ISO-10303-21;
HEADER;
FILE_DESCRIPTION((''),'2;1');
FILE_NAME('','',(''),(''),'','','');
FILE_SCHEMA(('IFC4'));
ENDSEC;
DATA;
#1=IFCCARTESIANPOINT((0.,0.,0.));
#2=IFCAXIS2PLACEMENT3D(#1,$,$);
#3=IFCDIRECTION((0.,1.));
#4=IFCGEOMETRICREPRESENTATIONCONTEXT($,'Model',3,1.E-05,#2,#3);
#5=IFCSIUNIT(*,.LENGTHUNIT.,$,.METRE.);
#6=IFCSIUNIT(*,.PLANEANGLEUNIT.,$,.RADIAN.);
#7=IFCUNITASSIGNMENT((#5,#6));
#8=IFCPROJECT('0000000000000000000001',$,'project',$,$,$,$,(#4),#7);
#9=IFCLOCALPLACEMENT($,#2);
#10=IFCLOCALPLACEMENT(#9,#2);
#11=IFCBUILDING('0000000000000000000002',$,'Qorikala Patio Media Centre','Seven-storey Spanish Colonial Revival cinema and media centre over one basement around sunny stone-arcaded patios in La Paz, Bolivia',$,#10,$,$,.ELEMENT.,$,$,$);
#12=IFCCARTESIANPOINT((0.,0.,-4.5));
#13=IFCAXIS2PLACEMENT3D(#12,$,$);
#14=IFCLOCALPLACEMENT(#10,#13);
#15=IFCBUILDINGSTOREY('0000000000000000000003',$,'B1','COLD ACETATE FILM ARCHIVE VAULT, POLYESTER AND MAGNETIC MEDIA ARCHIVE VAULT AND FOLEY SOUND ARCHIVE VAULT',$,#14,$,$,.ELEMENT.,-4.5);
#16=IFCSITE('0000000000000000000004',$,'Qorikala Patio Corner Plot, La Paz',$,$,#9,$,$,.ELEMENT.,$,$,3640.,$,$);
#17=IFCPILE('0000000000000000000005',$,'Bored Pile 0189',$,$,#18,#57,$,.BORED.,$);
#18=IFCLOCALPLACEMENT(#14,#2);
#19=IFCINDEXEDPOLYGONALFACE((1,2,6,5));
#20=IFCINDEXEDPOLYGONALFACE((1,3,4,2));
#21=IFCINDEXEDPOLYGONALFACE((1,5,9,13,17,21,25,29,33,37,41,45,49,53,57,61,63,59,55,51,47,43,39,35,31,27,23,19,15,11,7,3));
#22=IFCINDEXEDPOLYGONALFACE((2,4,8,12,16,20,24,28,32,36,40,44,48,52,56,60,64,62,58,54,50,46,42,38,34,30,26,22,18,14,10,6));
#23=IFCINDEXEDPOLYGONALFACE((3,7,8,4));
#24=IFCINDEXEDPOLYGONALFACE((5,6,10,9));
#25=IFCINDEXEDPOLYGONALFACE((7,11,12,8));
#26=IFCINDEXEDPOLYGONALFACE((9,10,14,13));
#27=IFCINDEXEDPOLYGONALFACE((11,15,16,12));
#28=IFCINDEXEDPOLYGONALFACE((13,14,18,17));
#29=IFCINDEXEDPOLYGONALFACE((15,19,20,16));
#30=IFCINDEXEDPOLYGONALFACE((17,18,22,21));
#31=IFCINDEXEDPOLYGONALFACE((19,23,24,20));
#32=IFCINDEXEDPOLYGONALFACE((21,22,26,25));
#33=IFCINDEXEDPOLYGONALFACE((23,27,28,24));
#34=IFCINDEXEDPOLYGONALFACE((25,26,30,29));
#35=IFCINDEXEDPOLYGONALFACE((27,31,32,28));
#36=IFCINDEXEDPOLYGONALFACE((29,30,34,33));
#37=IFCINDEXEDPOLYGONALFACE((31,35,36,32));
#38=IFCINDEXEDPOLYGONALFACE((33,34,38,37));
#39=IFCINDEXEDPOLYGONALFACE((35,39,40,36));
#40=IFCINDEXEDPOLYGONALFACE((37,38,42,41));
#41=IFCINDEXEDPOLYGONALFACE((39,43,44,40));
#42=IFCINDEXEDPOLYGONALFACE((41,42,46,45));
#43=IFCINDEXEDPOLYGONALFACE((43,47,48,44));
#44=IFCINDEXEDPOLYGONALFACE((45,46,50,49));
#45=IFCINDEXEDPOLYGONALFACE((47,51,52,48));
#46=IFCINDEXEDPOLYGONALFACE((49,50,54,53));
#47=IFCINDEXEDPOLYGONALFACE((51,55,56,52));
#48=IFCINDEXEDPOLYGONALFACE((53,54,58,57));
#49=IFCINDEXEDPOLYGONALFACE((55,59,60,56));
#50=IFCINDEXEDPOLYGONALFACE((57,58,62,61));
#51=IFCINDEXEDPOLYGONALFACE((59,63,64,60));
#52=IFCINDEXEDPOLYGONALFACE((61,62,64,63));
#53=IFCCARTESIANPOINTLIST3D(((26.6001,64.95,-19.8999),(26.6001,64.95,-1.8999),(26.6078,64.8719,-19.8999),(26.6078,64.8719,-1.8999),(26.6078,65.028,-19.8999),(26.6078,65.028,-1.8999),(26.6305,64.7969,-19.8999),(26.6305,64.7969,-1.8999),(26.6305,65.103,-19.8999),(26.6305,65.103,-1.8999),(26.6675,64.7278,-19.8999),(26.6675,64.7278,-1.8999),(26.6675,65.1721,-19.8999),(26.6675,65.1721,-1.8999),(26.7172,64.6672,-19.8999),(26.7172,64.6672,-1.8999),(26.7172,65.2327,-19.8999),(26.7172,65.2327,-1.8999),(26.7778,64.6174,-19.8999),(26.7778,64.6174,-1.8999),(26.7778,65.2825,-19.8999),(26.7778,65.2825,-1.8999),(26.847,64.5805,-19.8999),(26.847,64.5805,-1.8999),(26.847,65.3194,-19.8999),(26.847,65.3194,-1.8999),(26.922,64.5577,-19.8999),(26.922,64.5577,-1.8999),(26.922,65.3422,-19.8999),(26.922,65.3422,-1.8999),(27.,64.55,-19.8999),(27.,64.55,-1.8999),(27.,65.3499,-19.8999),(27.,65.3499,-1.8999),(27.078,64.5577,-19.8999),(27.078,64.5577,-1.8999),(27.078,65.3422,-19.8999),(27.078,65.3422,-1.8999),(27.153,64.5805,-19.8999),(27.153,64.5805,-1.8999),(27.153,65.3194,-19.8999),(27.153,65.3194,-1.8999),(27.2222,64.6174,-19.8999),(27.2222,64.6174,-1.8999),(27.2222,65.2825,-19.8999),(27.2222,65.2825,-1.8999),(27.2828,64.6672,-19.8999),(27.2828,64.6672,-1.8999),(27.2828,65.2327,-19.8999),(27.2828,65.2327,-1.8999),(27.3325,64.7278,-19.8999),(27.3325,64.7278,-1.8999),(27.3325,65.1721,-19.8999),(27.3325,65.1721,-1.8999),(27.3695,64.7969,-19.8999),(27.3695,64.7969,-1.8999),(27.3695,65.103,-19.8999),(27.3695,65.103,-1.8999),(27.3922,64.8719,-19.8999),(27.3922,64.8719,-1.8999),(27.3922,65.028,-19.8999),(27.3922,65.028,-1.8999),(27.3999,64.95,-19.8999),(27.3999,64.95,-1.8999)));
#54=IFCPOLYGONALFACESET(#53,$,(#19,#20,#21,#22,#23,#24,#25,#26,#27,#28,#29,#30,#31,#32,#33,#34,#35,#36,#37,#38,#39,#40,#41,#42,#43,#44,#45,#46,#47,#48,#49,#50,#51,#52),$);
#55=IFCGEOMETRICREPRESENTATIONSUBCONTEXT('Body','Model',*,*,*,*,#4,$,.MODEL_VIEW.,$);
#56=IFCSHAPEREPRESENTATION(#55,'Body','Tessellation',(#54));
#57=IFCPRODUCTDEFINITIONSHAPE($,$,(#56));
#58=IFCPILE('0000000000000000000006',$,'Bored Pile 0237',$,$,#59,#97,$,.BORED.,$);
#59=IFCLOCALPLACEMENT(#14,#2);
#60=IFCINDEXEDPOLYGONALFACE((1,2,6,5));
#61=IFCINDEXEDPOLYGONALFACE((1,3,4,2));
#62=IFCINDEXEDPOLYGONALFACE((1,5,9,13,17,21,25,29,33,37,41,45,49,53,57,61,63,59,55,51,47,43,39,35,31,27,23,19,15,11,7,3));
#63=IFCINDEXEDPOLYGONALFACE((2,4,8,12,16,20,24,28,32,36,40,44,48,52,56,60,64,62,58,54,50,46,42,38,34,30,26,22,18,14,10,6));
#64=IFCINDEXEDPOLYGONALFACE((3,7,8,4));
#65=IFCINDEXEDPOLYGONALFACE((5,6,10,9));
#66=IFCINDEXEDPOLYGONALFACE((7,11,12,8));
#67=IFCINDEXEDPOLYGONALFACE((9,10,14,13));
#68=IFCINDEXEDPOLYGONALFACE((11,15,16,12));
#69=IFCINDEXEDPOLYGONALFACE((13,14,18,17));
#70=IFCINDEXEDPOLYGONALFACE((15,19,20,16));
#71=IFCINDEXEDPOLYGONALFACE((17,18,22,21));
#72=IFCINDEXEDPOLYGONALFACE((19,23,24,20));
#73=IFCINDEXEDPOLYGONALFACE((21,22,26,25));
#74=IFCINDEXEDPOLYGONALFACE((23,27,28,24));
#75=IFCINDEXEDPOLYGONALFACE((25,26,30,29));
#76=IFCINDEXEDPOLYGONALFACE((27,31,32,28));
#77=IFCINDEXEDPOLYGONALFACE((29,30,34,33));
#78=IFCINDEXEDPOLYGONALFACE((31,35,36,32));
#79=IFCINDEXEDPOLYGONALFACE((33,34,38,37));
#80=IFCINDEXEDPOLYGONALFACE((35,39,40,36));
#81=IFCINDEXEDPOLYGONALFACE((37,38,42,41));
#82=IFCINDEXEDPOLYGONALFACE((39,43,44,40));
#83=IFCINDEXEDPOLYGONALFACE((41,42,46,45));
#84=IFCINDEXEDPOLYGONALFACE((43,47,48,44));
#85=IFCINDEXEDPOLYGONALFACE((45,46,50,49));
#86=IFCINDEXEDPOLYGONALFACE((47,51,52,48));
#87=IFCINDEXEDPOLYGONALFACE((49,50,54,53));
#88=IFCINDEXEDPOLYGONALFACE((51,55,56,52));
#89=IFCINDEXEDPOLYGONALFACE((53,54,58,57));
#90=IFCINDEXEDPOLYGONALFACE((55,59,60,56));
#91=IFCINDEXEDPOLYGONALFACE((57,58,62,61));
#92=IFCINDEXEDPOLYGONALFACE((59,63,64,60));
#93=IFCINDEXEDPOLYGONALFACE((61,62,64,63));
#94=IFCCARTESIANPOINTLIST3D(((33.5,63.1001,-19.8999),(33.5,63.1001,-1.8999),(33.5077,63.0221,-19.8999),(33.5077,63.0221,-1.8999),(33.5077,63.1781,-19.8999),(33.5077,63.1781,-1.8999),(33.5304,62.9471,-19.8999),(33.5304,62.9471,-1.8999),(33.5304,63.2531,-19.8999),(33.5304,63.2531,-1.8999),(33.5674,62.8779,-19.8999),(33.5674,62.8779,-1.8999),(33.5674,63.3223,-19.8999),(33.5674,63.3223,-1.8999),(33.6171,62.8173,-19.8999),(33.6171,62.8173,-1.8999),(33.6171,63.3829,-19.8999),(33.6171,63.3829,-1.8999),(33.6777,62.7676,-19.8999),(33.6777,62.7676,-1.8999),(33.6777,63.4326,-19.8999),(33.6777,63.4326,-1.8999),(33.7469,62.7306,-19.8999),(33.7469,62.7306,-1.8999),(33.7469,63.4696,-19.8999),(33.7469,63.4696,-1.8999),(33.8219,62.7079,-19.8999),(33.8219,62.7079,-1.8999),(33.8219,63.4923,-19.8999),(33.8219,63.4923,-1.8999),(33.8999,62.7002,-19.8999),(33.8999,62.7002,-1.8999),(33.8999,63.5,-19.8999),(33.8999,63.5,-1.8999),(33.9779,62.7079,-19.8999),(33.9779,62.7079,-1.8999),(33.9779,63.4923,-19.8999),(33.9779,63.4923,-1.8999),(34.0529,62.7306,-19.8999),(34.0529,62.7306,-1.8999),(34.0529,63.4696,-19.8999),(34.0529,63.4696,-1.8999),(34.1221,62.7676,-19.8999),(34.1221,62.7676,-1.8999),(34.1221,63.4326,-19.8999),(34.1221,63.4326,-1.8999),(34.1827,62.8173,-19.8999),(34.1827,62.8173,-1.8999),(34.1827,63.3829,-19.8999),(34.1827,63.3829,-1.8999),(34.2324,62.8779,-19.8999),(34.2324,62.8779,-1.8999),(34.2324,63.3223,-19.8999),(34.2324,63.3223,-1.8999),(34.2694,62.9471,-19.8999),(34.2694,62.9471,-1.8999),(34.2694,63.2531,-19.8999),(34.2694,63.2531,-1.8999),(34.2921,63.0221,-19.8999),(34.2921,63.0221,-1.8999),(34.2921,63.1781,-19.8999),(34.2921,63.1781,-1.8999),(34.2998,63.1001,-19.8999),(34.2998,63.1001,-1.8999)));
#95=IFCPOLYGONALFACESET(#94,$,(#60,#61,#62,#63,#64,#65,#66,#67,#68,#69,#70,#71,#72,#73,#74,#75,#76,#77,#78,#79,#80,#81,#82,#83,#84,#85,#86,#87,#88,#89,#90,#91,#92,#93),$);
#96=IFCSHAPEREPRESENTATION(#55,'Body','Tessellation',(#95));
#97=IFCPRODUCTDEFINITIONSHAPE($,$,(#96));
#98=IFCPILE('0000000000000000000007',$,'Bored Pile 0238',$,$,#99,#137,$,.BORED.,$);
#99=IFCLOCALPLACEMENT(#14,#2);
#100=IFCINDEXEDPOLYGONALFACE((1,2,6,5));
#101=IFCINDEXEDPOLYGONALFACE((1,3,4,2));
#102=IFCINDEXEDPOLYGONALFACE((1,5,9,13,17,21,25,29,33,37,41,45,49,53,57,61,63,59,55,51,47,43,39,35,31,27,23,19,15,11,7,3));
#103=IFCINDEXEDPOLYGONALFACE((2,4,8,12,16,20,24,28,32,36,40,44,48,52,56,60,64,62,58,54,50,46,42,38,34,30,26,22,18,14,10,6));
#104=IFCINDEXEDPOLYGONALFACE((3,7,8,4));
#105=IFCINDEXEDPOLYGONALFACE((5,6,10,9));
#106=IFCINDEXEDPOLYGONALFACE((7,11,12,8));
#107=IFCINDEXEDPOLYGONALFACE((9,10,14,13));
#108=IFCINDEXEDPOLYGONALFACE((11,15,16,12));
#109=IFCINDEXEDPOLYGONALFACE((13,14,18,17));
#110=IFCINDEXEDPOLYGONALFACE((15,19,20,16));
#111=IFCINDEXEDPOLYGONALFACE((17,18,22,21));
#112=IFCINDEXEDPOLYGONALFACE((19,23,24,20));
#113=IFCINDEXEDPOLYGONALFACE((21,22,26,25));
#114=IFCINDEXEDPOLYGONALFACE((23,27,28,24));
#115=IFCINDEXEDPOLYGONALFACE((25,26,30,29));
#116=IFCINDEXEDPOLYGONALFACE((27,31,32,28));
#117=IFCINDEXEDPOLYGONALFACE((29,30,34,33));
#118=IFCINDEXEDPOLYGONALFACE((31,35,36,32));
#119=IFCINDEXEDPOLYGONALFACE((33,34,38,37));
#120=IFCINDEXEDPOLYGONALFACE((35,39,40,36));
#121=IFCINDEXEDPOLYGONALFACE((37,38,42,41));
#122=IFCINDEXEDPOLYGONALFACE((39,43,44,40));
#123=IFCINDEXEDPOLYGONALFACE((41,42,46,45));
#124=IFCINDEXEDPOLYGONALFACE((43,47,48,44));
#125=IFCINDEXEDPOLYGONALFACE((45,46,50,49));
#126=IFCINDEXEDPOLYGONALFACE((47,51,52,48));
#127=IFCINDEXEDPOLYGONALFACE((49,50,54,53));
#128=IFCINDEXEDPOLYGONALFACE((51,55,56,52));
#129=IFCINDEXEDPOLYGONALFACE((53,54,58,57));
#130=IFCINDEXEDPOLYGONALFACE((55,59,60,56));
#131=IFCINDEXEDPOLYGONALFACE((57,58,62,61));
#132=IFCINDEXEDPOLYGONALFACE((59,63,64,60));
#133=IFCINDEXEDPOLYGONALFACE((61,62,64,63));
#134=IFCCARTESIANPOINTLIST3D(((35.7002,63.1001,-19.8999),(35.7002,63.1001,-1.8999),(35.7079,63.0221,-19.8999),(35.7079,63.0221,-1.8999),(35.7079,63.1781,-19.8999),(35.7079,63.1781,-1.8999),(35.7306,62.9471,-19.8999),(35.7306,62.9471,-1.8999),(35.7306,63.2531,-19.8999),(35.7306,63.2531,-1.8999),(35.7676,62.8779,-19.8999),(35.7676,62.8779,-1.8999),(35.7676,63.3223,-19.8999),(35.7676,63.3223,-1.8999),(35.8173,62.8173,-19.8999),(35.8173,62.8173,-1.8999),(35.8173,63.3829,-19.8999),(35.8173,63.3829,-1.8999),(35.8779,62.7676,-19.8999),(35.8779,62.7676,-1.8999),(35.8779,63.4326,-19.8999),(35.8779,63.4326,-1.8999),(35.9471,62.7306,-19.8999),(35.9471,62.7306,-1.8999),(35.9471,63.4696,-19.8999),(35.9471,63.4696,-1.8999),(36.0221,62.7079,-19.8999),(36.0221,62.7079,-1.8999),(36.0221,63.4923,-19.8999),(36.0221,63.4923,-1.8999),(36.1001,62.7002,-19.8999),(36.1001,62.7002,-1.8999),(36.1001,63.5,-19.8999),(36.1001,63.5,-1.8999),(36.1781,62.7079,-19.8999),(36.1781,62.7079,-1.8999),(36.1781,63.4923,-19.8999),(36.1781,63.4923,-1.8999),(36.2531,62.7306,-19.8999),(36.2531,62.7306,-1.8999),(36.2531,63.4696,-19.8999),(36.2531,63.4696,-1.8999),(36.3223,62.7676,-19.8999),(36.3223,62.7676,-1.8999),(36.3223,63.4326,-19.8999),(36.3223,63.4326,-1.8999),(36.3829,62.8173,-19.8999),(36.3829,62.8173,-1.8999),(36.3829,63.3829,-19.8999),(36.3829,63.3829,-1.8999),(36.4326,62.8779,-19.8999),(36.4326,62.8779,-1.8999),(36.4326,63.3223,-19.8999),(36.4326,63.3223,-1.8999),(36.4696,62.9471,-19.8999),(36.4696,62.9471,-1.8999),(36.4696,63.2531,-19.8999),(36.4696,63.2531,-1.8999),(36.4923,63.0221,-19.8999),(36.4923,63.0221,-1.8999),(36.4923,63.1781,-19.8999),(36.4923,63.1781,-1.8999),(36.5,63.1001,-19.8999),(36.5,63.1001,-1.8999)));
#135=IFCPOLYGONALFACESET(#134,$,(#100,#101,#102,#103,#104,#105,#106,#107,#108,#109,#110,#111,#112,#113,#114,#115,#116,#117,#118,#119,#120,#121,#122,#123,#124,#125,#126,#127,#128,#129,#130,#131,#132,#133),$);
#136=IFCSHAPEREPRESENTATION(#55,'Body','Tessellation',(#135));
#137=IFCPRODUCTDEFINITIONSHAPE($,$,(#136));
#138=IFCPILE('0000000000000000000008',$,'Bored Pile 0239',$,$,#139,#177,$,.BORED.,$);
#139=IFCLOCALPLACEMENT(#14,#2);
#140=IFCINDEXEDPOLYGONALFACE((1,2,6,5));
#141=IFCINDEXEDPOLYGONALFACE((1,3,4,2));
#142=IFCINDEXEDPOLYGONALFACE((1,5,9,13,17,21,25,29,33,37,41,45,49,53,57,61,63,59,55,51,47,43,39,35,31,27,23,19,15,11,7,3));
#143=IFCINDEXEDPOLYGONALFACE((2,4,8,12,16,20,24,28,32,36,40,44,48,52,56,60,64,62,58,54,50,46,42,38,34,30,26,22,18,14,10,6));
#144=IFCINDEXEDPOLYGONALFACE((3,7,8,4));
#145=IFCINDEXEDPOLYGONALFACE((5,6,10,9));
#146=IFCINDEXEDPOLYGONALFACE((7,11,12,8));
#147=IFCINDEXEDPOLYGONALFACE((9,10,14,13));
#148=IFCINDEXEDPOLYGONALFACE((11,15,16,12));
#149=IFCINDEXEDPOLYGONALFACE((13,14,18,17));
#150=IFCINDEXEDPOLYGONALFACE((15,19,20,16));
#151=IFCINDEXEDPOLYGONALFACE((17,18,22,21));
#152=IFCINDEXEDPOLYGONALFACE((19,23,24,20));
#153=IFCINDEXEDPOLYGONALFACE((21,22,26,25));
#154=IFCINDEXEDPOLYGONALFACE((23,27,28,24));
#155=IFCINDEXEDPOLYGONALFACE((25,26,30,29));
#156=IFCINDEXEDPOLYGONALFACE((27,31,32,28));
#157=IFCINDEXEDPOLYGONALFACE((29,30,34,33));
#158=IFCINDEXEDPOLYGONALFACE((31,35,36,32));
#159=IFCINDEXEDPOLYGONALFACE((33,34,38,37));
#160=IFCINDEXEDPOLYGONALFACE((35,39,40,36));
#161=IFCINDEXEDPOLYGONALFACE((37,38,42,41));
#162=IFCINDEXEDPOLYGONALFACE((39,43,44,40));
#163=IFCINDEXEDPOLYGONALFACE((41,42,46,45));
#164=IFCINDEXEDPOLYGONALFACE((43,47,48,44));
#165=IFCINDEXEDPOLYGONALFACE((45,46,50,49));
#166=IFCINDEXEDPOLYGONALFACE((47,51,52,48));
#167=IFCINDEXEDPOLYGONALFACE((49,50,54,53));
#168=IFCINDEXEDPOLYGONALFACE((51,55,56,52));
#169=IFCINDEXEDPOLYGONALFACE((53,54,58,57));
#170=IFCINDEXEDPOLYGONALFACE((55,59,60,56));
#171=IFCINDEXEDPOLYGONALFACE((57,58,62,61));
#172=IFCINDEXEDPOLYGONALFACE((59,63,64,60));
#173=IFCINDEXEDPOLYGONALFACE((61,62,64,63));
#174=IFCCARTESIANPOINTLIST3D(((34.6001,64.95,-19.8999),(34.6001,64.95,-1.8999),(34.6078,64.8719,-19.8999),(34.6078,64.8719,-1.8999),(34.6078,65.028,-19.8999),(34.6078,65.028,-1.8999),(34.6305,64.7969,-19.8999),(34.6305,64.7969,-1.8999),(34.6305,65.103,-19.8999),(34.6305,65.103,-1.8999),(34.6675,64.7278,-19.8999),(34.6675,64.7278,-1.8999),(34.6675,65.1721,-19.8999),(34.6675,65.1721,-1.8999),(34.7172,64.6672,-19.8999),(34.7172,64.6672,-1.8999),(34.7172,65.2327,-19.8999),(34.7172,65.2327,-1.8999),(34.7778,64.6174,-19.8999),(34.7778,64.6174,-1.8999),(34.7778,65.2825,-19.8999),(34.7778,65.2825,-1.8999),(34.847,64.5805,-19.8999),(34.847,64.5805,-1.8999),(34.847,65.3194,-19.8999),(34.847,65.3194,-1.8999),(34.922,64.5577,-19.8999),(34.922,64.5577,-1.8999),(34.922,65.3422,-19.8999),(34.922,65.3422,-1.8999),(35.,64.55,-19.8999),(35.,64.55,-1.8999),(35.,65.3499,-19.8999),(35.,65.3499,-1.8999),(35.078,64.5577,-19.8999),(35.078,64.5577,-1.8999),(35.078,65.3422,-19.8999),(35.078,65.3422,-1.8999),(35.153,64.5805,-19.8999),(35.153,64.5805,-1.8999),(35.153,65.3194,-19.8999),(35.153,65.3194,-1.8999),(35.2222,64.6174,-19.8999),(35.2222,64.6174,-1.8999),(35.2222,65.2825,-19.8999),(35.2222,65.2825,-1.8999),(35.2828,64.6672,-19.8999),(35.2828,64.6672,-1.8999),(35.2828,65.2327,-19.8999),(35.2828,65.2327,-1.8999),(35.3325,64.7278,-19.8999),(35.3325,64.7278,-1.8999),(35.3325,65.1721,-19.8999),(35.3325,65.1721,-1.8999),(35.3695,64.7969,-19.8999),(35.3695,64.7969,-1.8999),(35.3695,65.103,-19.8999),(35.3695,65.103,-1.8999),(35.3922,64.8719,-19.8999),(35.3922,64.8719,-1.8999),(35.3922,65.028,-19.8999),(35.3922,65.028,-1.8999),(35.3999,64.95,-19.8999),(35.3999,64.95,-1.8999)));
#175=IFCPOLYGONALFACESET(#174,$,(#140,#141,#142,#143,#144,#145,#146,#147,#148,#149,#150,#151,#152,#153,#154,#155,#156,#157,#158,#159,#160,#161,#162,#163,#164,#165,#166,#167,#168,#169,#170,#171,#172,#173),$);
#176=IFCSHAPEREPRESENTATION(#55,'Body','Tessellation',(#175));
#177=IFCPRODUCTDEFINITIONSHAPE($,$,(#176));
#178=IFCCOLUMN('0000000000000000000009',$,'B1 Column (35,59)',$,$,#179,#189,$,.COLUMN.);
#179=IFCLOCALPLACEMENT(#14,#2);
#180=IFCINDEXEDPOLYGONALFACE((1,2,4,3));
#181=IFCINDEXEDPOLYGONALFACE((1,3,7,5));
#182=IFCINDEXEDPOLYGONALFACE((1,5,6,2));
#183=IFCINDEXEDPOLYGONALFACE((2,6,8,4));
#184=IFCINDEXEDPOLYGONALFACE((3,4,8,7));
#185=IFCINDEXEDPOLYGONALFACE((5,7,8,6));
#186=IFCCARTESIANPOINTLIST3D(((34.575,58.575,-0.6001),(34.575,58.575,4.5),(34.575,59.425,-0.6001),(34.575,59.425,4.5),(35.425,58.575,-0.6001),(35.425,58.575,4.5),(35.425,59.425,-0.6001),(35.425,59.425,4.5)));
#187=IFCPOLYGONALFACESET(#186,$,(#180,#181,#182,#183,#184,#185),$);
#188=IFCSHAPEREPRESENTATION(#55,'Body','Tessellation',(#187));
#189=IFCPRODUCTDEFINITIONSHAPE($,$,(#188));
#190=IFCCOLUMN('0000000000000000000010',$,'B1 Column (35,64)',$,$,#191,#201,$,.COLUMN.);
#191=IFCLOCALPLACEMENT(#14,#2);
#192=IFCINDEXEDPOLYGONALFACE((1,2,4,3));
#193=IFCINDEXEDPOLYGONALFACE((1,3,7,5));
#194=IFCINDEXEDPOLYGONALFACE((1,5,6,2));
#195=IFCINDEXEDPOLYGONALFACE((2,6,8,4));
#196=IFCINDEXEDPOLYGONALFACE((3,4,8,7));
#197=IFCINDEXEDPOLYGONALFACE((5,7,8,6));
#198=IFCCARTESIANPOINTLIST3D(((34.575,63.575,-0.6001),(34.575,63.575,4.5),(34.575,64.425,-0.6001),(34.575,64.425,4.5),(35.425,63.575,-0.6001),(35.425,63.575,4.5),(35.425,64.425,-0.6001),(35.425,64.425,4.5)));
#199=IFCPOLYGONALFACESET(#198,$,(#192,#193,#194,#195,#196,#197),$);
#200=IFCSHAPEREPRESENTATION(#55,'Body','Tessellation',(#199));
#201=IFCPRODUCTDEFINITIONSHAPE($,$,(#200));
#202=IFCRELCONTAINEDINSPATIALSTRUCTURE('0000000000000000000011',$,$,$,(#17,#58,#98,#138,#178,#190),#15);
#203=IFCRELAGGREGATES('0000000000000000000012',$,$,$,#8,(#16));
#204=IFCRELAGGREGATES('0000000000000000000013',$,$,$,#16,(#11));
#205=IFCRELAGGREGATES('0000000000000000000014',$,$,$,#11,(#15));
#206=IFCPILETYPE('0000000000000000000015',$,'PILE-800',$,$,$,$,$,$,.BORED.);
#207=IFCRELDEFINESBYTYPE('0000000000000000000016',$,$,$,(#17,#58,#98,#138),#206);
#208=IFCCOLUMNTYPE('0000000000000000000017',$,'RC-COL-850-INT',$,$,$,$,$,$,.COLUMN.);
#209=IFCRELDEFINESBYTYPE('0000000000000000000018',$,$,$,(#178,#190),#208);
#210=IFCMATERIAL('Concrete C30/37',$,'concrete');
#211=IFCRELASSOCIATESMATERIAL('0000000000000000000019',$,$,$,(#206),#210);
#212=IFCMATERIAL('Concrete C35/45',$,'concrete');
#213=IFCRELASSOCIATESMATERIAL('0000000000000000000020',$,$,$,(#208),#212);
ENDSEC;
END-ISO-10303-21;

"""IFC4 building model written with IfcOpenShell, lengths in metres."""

from ifc_helpers import new_model, si_unit, direction, frame, origin, origin_2d, place, context, subcontext, project, spatial, rectangle, circle, extrude, material, material_profile, profile_set, type_object, element, save


model = new_model("IFC4")

# Units and contexts
model_context = context("Model", 3, precision=1e-05, world=origin(), true_north=direction((0.0, 1.0)))
body_context = subcontext(model_context, "Body", "Model", "MODEL_VIEW")
ifc_project = project(units=[si_unit("LENGTHUNIT", "METRE"), si_unit("PLANEANGLEUNIT", "RADIAN")], contexts=[model_context])

# Site, building, storey
site_placement = place(None, origin())
site = spatial("IfcSite", under=ifc_project, at=site_placement, Name="Qorikala Patio Corner Plot, La Paz", CompositionType="ELEMENT", RefElevation=3640.0)
building_placement = place(site_placement, origin())
building = spatial("IfcBuilding", under=site, at=building_placement, Name="Qorikala Patio Media Centre", Description="Seven-storey Spanish Colonial Revival cinema and media centre over one basement around sunny stone-arcaded patios in La Paz, Bolivia", CompositionType="ELEMENT")
storey_placement = place(building_placement, frame((0.0, 0.0, -4.5)))
storey = spatial("IfcBuildingStorey", under=building, at=storey_placement, Name="B1", Description="COLD ACETATE FILM ARCHIVE VAULT, POLYESTER AND MAGNETIC MEDIA ARCHIVE VAULT AND FOLEY SOUND ARCHIVE VAULT", CompositionType="ELEMENT", Elevation=-4.5)

# Shared definitions
ifc_material_1 = material(Name="Concrete C30/37", Category="concrete")

# Piles
ifc_material_profile_1 = material_profile(ifc_material_1, circle(Radius=0.3999, at=origin_2d()), Name="BORED PILE 800")
ifc_profile_set_1 = profile_set([ifc_material_profile_1], Name="Concrete C30/37")
pile_type_1 = type_object("IfcPileType", Name="PILE-800", PredefinedType="BORED", material=ifc_profile_set_1)
for number, where, z_axis, x_axis, name in (
    (1, (27.0, 64.95, -1.8999), (0.0, 0.0, -1.0), (1.0, 0.0, 0.0), "Bored Pile 0189"),
    (2, (33.8999, 63.1001, -1.8999), (0.0, 0.0, -1.0), (1.0, 0.0, 0.0), "Bored Pile 0237"),
    (3, (36.1001, 63.1001, -1.8999), (0.0, 0.0, -1.0), (1.0, 0.0, 0.0), "Bored Pile 0238"),
    (4, (35.0, 64.95, -1.8999), (0.0, 0.0, -1.0), (1.0, 0.0, 0.0), "Bored Pile 0239"),
):
    element("IfcPile", number, at=place(storey_placement, frame(where, z_axis=z_axis, x_axis=x_axis)), inside=storey, type_object=pile_type_1, Name=name, PredefinedType="BORED", context=body_context, shape_type="SweptSolid", body=[
        extrude(circle(Radius=0.3999, at=origin_2d()), origin(), (0.0, 0.0, 1.0), 18.0),
    ])

# Columns
ifc_material_2 = material(Name="Concrete C35/45", Category="concrete")
ifc_material_profile_2 = material_profile(ifc_material_2, rectangle(XDim=0.8501, YDim=0.8501, at=origin_2d()), Name="RC 850x850")
ifc_profile_set_2 = profile_set([ifc_material_profile_2], Name="Concrete C35/45")
column_type_1 = type_object("IfcColumnType", Name="RC-COL-850-INT", PredefinedType="COLUMN", material=ifc_profile_set_2)
for number, where, z_axis, x_axis, name in (
    (5, (35.0, 59.0, -0.6001), (0.0, 0.0, 1.0), (1.0, 0.0, 0.0), "B1 Column (35,59)"),
    (6, (35.0, 64.0, -0.6001), (0.0, 0.0, 1.0), (1.0, 0.0, 0.0), "B1 Column (35,64)"),
):
    element("IfcColumn", number, at=place(storey_placement, frame(where, z_axis=z_axis, x_axis=x_axis)), inside=storey, type_object=column_type_1, Name=name, PredefinedType="COLUMN", context=body_context, shape_type="SweptSolid", body=[
        extrude(rectangle(XDim=0.8501, YDim=0.8501, at=origin_2d()), origin(), (0.0, 0.0, 1.0), 5.1001),
    ])

save(model, "model.ifc")
